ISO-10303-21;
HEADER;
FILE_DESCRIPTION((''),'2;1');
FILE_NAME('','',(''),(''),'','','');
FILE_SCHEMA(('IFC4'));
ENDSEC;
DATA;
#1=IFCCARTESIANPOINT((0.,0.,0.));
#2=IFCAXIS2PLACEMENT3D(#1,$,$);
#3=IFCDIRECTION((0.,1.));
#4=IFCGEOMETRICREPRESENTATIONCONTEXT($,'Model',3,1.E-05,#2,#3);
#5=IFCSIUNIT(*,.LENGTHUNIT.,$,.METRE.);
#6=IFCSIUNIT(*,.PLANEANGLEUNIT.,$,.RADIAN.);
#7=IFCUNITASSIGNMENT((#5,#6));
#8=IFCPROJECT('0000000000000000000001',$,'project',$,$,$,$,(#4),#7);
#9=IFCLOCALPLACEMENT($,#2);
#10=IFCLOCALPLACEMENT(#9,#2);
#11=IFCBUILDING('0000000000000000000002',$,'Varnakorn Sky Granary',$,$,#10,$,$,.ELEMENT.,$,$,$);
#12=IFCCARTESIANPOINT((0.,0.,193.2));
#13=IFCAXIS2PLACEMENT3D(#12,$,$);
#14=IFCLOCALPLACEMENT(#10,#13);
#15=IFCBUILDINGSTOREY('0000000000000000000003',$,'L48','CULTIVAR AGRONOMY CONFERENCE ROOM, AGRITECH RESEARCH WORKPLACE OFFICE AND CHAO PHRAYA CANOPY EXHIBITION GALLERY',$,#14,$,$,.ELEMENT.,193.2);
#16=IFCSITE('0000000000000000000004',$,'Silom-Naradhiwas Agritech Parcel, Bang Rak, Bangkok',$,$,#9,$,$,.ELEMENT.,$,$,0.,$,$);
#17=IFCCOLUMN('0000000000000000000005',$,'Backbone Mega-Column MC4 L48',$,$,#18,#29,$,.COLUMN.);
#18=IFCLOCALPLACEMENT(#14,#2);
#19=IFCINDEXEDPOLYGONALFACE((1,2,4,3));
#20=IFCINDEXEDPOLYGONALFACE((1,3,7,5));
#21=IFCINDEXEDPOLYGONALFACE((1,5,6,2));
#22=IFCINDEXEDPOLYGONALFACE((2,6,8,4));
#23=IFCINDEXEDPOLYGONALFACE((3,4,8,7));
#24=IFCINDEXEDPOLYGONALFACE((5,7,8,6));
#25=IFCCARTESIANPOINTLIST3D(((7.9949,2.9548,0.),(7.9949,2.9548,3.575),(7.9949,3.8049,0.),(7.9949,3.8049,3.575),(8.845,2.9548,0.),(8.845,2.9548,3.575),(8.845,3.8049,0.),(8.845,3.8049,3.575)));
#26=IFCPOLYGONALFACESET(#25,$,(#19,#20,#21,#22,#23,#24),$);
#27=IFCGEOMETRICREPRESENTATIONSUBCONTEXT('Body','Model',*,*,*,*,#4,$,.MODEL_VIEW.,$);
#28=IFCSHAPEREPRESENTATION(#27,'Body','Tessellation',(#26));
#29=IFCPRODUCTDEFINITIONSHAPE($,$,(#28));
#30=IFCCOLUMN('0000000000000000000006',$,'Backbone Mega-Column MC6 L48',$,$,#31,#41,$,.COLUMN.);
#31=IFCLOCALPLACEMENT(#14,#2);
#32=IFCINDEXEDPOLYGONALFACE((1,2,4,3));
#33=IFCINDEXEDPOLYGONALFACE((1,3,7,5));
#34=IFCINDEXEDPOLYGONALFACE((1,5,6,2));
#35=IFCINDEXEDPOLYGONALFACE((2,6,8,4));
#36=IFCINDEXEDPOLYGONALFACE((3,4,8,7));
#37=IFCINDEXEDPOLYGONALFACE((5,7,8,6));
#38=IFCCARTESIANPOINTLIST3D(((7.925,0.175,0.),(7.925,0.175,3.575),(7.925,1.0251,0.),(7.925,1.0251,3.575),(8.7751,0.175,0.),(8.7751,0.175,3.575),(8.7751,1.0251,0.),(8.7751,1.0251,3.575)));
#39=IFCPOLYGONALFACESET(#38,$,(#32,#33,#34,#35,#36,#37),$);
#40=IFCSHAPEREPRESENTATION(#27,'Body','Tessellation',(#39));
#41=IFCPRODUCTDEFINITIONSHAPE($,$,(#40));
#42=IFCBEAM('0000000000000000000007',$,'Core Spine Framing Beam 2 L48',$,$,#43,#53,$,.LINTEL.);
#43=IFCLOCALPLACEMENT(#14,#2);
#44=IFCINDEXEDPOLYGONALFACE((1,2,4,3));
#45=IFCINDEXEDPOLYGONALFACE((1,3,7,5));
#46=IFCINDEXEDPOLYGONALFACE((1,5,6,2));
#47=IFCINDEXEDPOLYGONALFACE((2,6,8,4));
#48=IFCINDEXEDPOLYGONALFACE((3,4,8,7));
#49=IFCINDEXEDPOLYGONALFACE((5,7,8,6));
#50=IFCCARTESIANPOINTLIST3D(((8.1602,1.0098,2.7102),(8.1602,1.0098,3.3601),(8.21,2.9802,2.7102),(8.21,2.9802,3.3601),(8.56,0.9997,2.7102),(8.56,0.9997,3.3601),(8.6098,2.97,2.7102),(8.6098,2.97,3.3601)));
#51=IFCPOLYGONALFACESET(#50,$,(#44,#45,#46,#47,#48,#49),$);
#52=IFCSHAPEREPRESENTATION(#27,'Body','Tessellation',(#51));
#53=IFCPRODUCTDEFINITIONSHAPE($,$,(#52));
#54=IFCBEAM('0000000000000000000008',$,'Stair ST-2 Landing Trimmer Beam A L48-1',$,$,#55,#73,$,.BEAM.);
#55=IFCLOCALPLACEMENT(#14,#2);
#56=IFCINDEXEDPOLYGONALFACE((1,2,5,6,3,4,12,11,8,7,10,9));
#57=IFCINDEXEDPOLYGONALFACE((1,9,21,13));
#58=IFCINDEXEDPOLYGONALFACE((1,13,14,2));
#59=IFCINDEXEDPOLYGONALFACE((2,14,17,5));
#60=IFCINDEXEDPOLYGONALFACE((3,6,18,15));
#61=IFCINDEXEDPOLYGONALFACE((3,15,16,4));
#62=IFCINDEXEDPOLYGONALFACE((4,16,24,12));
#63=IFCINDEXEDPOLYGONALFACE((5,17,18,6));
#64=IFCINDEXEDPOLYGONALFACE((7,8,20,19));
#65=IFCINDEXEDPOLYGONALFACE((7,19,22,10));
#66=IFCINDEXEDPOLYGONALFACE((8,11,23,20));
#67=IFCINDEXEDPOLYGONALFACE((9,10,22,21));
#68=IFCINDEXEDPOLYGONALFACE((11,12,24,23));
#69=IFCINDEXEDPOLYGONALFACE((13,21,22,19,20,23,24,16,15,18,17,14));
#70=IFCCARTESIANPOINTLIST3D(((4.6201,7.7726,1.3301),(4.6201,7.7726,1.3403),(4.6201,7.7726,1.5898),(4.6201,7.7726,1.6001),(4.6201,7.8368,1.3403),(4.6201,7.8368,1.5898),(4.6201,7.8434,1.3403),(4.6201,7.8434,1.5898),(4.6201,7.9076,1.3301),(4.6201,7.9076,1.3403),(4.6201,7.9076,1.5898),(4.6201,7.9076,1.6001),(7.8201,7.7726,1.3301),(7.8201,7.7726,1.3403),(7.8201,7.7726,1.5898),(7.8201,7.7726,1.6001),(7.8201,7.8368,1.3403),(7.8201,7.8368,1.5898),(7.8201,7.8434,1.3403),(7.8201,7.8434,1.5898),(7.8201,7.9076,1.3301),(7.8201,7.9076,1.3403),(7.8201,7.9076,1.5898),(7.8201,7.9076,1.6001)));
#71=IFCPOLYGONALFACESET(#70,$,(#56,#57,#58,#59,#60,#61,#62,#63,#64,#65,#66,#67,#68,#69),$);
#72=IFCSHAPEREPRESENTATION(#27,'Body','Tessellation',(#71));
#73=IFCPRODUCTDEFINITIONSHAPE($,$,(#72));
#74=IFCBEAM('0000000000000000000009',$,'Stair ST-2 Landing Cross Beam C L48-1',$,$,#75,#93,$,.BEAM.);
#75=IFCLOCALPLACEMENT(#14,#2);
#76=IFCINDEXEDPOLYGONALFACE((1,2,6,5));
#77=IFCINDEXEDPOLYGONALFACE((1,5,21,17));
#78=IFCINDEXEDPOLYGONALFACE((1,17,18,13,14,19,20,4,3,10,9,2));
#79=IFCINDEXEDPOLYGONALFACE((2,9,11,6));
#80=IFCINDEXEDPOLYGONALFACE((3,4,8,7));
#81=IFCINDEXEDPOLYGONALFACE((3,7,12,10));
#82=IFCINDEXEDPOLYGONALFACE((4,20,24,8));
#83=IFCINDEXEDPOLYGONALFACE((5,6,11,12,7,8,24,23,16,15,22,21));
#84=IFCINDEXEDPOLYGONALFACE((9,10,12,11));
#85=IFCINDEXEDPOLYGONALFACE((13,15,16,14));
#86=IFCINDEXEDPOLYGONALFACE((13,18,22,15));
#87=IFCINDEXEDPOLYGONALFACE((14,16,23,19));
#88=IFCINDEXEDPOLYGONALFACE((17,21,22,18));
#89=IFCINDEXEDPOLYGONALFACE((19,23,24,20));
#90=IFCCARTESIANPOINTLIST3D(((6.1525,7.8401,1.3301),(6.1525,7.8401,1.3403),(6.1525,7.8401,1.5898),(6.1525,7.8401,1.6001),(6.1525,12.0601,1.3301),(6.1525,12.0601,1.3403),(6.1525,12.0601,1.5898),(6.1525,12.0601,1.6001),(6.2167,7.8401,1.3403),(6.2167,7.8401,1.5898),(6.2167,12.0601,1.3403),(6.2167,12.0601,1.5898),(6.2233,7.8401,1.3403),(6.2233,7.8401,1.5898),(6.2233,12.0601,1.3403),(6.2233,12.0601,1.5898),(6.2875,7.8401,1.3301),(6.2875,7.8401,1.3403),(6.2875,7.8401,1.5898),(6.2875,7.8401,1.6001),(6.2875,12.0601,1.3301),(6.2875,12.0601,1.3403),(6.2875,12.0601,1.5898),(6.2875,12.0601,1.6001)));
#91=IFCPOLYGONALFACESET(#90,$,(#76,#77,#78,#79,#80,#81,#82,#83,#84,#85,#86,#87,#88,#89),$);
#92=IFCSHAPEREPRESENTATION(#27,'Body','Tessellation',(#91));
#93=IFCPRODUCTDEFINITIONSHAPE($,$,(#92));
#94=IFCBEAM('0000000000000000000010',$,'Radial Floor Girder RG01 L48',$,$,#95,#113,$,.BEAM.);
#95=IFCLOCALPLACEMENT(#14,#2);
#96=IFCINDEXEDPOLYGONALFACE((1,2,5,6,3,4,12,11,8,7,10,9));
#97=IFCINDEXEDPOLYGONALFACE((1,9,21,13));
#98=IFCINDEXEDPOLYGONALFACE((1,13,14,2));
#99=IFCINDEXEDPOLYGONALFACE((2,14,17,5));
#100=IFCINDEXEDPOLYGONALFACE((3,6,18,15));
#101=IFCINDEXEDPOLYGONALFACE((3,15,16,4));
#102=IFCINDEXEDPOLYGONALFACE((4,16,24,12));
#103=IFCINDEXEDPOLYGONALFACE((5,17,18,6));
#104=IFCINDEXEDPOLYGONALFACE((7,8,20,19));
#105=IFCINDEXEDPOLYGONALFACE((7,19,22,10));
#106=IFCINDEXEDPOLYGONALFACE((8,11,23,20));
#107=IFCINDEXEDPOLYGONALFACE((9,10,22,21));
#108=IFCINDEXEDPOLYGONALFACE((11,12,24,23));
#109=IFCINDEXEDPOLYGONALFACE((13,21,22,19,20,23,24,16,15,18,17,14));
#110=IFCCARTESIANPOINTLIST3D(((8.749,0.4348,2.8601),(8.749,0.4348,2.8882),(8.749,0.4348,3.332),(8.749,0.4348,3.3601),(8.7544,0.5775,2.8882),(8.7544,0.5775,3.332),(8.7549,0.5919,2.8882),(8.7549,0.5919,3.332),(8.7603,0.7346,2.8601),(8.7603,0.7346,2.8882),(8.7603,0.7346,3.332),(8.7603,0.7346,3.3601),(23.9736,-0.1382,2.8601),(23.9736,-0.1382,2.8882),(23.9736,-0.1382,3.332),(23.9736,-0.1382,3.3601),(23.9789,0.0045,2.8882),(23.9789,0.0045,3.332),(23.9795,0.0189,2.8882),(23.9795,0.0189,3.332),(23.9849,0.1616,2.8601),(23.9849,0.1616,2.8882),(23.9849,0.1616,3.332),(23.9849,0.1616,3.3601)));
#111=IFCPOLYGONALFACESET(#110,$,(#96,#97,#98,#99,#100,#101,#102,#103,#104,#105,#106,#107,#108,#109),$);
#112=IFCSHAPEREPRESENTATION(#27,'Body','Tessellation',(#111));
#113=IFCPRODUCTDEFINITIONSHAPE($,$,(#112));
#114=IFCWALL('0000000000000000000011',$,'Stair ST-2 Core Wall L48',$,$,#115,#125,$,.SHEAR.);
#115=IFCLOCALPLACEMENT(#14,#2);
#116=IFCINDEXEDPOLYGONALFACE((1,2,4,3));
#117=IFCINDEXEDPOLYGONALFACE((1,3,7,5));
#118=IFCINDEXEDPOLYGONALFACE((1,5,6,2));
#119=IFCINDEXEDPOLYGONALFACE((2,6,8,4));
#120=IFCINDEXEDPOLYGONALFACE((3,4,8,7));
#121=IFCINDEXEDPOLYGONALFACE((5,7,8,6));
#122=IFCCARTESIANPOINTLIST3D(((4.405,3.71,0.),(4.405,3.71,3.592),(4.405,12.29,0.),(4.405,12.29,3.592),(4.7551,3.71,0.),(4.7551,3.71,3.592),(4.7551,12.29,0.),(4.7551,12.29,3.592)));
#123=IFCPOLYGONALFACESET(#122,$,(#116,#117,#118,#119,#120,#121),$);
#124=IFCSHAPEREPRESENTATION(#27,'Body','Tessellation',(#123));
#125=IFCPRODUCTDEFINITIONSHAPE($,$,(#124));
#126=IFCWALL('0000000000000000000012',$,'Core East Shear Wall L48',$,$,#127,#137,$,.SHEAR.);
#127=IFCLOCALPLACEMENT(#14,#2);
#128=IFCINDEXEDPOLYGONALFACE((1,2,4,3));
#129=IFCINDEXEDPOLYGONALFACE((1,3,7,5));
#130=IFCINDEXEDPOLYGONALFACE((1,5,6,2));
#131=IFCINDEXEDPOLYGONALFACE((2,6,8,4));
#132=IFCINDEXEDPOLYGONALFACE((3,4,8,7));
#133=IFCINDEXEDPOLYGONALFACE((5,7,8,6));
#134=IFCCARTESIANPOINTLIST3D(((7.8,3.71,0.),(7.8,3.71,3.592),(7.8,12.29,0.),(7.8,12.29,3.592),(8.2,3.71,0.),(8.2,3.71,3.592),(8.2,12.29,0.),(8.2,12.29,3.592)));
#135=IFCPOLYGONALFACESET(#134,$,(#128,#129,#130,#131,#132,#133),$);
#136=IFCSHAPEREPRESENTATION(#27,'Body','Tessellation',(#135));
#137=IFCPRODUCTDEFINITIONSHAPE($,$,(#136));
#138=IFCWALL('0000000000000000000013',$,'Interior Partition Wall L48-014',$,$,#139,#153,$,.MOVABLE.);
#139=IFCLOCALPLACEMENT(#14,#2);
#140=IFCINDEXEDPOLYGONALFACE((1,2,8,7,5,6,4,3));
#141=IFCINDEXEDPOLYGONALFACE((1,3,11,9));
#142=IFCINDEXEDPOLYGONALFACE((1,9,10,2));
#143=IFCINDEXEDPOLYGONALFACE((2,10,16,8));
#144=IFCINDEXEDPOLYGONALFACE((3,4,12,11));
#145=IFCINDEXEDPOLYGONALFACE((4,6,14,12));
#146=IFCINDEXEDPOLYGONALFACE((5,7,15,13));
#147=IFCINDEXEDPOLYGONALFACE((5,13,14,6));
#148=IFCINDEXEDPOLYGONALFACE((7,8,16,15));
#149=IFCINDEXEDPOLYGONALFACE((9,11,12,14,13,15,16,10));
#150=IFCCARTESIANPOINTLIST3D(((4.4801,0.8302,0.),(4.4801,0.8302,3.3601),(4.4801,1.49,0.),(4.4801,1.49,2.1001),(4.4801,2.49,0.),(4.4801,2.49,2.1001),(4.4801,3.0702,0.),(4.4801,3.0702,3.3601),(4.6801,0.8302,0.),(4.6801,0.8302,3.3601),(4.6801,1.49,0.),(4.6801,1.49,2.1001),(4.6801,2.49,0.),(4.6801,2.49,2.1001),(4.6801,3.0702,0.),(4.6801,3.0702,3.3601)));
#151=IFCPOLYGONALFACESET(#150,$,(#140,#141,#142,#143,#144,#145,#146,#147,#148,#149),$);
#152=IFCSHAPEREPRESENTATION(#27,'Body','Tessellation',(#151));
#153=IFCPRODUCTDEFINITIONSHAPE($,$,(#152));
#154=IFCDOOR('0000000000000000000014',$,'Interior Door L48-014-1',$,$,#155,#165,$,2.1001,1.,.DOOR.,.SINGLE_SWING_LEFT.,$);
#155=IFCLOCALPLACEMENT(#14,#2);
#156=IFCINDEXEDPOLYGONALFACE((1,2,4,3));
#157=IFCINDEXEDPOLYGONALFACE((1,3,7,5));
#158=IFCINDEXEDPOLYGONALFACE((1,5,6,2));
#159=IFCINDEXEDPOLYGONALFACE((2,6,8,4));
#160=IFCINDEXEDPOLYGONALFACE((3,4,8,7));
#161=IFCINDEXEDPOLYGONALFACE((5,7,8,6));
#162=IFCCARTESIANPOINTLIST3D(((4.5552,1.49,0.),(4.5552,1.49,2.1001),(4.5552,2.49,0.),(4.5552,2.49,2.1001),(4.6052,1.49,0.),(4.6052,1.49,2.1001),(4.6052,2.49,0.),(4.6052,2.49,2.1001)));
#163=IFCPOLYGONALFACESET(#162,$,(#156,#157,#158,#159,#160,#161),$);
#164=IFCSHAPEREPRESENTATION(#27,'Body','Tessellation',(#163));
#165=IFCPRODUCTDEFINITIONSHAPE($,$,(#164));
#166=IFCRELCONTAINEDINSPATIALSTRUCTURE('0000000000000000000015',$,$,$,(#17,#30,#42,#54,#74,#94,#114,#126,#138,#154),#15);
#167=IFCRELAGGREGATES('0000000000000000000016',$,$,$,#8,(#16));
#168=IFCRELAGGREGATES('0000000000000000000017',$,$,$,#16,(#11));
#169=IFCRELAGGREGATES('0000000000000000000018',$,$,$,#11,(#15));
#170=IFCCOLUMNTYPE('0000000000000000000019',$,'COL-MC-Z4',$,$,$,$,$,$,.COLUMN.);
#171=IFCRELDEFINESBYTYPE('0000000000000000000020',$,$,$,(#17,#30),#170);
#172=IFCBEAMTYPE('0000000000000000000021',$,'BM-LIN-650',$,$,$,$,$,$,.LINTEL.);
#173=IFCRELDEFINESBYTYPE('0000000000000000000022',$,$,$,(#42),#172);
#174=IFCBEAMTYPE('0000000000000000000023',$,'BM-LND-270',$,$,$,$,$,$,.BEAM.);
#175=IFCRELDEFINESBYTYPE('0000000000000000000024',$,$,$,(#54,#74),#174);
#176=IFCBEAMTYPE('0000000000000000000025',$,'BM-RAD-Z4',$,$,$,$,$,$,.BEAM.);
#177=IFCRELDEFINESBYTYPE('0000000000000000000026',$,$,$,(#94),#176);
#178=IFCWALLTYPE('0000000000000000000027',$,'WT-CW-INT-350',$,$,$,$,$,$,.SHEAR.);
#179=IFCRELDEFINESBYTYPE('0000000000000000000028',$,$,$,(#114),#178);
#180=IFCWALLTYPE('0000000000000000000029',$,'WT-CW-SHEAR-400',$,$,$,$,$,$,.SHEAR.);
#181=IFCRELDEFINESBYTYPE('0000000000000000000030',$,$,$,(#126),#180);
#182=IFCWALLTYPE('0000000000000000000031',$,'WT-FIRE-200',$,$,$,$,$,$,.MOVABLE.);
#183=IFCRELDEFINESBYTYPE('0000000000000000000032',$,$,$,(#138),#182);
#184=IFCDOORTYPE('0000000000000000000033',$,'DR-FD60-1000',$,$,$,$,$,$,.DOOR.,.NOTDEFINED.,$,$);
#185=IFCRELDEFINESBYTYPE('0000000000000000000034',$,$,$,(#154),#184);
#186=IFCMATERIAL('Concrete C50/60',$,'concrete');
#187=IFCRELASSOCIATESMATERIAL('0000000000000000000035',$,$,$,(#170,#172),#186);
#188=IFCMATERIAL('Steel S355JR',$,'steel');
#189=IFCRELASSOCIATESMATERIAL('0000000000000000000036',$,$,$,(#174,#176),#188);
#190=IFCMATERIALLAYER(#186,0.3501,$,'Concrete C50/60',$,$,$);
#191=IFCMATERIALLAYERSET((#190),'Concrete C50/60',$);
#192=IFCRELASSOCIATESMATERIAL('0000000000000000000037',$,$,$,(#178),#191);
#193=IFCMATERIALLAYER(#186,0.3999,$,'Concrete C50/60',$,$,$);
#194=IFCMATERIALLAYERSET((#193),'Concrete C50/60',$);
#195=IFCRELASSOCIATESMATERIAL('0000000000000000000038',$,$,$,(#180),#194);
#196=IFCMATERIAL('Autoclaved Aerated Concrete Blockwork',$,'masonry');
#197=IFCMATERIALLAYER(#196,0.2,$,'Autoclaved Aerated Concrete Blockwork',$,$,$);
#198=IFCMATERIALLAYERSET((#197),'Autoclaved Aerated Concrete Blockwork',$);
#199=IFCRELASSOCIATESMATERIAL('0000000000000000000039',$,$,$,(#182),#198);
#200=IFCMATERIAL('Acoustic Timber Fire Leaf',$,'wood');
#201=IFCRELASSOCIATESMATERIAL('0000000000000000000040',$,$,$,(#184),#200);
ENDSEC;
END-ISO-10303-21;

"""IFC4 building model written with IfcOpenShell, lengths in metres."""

from ifc_helpers import new_model, si_unit, direction, frame, frame_2d, origin, origin_2d, place, context, subcontext, project, spatial, rectangle, i_section, extrude, material, layer, layer_set, material_profile, profile_set, type_object, element, fill, save


model = new_model("IFC4")

# Units and contexts
model_context = context("Model", 3, precision=1e-05, world=origin(), true_north=direction((0.0, 1.0)))
body_context = subcontext(model_context, "Body", "Model", "MODEL_VIEW")
ifc_project = project(units=[si_unit("LENGTHUNIT", "METRE"), si_unit("PLANEANGLEUNIT", "RADIAN")], contexts=[model_context])

# Site, building, storey
site_placement = place(None, origin())
site = spatial("IfcSite", under=ifc_project, at=site_placement, Name="Silom-Naradhiwas Agritech Parcel, Bang Rak, Bangkok", CompositionType="ELEMENT", RefElevation=0.0)
building_placement = place(site_placement, origin())
building = spatial("IfcBuilding", under=site, at=building_placement, Name="Varnakorn Sky Granary", CompositionType="ELEMENT")
storey_placement = place(building_placement, frame((0.0, 0.0, 193.2)))
storey = spatial("IfcBuildingStorey", under=building, at=storey_placement, Name="L48", Description="CULTIVAR AGRONOMY CONFERENCE ROOM, AGRITECH RESEARCH WORKPLACE OFFICE AND CHAO PHRAYA CANOPY EXHIBITION GALLERY", CompositionType="ELEMENT", Elevation=193.2)

# Columns
ifc_material_1 = material(Name="Concrete C50/60", Category="concrete")
ifc_material_profile_1 = material_profile(ifc_material_1, rectangle(XDim=0.8501, YDim=0.8501, at=origin_2d()), Name="RC 850x850")
ifc_profile_set_1 = profile_set([ifc_material_profile_1], Name="Concrete C50/60")
column_type = type_object("IfcColumnType", Name="COL-MC-Z4", PredefinedType="COLUMN", material=ifc_profile_set_1)
for number, where, z_axis, x_axis, name in (
    (1, (8.4199, 3.3799, 0.0), (0.0, 0.0, 1.0), (1.0, 0.0, 0.0), "Backbone Mega-Column MC4 L48"),
    (2, (8.3501, 0.6001, 0.0), (0.0, 0.0, 1.0), (1.0, 0.0, 0.0), "Backbone Mega-Column MC6 L48"),
):
    element("IfcColumn", number, at=place(storey_placement, frame(where, z_axis=z_axis, x_axis=x_axis)), inside=storey, type_object=column_type, Name=name, PredefinedType="COLUMN", context=body_context, shape_type="SweptSolid", body=[
        extrude(rectangle(XDim=0.8501, YDim=0.8501, at=origin_2d()), origin(), (0.0, 0.0, 1.0), 3.575),
    ])

# Beams
ifc_material_profile_2 = material_profile(ifc_material_1, rectangle(XDim=0.3999, YDim=0.6499, at=origin_2d()), Name="RC 400x650")
ifc_profile_set_2 = profile_set([ifc_material_profile_2], Name="Concrete C50/60")
beam_type_1 = type_object("IfcBeamType", Name="BM-LIN-650", PredefinedType="LINTEL", material=ifc_profile_set_2)
beam_1_placement = place(storey_placement, frame((8.4099, 2.9751, 3.0352), z_axis=(-0.025271, -0.999681, 0.0), x_axis=(0.999681, -0.025271, 0.0)))
element("IfcBeam", 3, at=beam_1_placement, inside=storey, type_object=beam_type_1, Name="Core Spine Framing Beam 2 L48", PredefinedType="LINTEL", context=body_context, shape_type="SweptSolid", body=[
    extrude(rectangle(XDim=0.3999, YDim=0.6499, at=origin_2d()), origin(), (0.0, 0.0, 1.0), 1.9709),
])
ifc_material_2 = material(Name="Steel S355JR", Category="steel")
ifc_material_profile_3 = material_profile(ifc_material_2, i_section(OverallWidth=0.135, OverallDepth=0.27, WebThickness=0.0066, FlangeThickness=0.0103, at=origin_2d()), Name="IPE 270")
ifc_profile_set_3 = profile_set([ifc_material_profile_3], Name="Steel S355JR")
beam_type_2 = type_object("IfcBeamType", Name="BM-LND-270", PredefinedType="BEAM", material=ifc_profile_set_3)
beam_2_placement = place(storey_placement, frame((4.6201, 7.8401, 1.4651), z_axis=(1.0, 0.0, 0.0), x_axis=(0.0, 1.0, 0.0)))
element("IfcBeam", 4, at=beam_2_placement, inside=storey, type_object=beam_type_2, Name="Stair ST-2 Landing Trimmer Beam A L48-1", PredefinedType="BEAM", context=body_context, shape_type="SweptSolid", body=[
    extrude(i_section(OverallWidth=0.135, OverallDepth=0.27, WebThickness=0.0066, FlangeThickness=0.0103, at=origin_2d()), origin(), (0.0, 0.0, 1.0), 3.2),
])
beam_3_placement = place(storey_placement, frame((6.22, 7.8401, 1.4651), z_axis=(0.0, 1.0, 0.0), x_axis=(-1.0, 0.0, 0.0)))
element("IfcBeam", 5, at=beam_3_placement, inside=storey, type_object=beam_type_2, Name="Stair ST-2 Landing Cross Beam C L48-1", PredefinedType="BEAM", context=body_context, shape_type="SweptSolid", body=[
    extrude(i_section(OverallWidth=0.135, OverallDepth=0.27, WebThickness=0.0066, FlangeThickness=0.0103, at=origin_2d()), origin(), (0.0, 0.0, 1.0), 4.22),
])
ifc_material_profile_4 = material_profile(ifc_material_2, i_section(OverallWidth=0.3, OverallDepth=0.5, WebThickness=0.0144, FlangeThickness=0.0281, at=origin_2d()), Name="HE 500 B")
ifc_profile_set_4 = profile_set([ifc_material_profile_4], Name="Steel S355JR")
beam_type_3 = type_object("IfcBeamType", Name="BM-RAD-Z4", PredefinedType="BEAM", material=ifc_profile_set_4)
beam_4_placement = place(storey_placement, frame((8.7546, 0.5847, 3.1101), z_axis=(0.999293, -0.03761, 0.0), x_axis=(0.03761, 0.999293, 0.0)))
element("IfcBeam", 6, at=beam_4_placement, inside=storey, type_object=beam_type_3, Name="Radial Floor Girder RG01 L48", PredefinedType="BEAM", context=body_context, shape_type="SweptSolid", body=[
    extrude(i_section(OverallWidth=0.3, OverallDepth=0.5, WebThickness=0.0144, FlangeThickness=0.0281, at=origin_2d()), origin(), (0.0, 0.0, 1.0), 15.2354),
])

# Walls
ifc_layer_1 = layer(ifc_material_1, 0.3501, Name="Concrete C50/60")
ifc_layer_set_1 = layer_set([ifc_layer_1], Name="Concrete C50/60")
wall_type_1 = type_object("IfcWallType", Name="WT-CW-INT-350", PredefinedType="SHEAR", material=ifc_layer_set_1)
wall_1_placement = place(storey_placement, frame((4.5801, 3.71, 0.0), z_axis=(0.0, 0.0, 1.0), x_axis=(0.0, 1.0, 0.0)))
element("IfcWall", 7, at=wall_1_placement, inside=storey, type_object=wall_type_1, Name="Stair ST-2 Core Wall L48", PredefinedType="SHEAR", context=body_context, shape_type="SweptSolid", body=[
    extrude(rectangle(XDim=8.5801, YDim=0.3501, at=frame_2d((4.29, 0.0))), origin(), (0.0, 0.0, 1.0), 3.592),
])
ifc_layer_2 = layer(ifc_material_1, 0.3999, Name="Concrete C50/60")
ifc_layer_set_2 = layer_set([ifc_layer_2], Name="Concrete C50/60")
wall_type_2 = type_object("IfcWallType", Name="WT-CW-SHEAR-400", PredefinedType="SHEAR", material=ifc_layer_set_2)
wall_2_placement = place(storey_placement, frame((8.0, 3.71, 0.0), z_axis=(0.0, 0.0, 1.0), x_axis=(0.0, 1.0, 0.0)))
element("IfcWall", 8, at=wall_2_placement, inside=storey, type_object=wall_type_2, Name="Core East Shear Wall L48", PredefinedType="SHEAR", context=body_context, shape_type="SweptSolid", body=[
    extrude(rectangle(XDim=8.5801, YDim=0.3999, at=frame_2d((4.29, 0.0))), origin(), (0.0, 0.0, 1.0), 3.592),
])

# Wall, opening, door
ifc_material_3 = material(Name="Autoclaved Aerated Concrete Blockwork", Category="masonry")
ifc_layer_3 = layer(ifc_material_3, 0.2, Name="Autoclaved Aerated Concrete Blockwork")
ifc_layer_set_3 = layer_set([ifc_layer_3], Name="Autoclaved Aerated Concrete Blockwork")
wall_type_3 = type_object("IfcWallType", Name="WT-FIRE-200", PredefinedType="MOVABLE", material=ifc_layer_set_3)
wall_3_placement = place(storey_placement, frame((4.5801, 0.8301, 0.0), z_axis=(0.0, 0.0, 1.0), x_axis=(0.0, 1.0, 0.0)))
wall_3 = element("IfcWall", 9, at=wall_3_placement, inside=storey, type_object=wall_type_3, Name="Interior Partition Wall L48-014", PredefinedType="MOVABLE", context=body_context, shape_type="SweptSolid", body=[
    extrude(rectangle(XDim=2.24, YDim=0.2, at=frame_2d((1.1201, 0.0))), origin(), (0.0, 0.0, 1.0), 3.3601),
])
opening_1_placement = place(wall_3_placement, frame((0.6599, 0.0, 0.0)))
opening_1 = element("IfcOpeningElement", 10, at=opening_1_placement, cuts=wall_3, PredefinedType="OPENING", context=body_context, shape_type="SweptSolid", body=[
    extrude(rectangle(XDim=1.0, YDim=2.1001, at=frame_2d((0.5, 1.05))), frame((0.0, 0.1099, 0.0), z_axis=(0.0, -1.0, 0.0), x_axis=(1.0, 0.0, 0.0)), (0.0, 0.0, 1.0), 0.22),
])
ifc_material_4 = material(Name="Acoustic Timber Fire Leaf", Category="wood")
door_type_1 = type_object("IfcDoorType", Name="DR-FD60-1000", OperationType="NOTDEFINED", PredefinedType="DOOR", material=ifc_material_4)
door_1_placement = place(opening_1_placement, origin())
door_1 = element("IfcDoor", 11, at=door_1_placement, inside=storey, type_object=door_type_1, Name="Interior Door L48-014-1", OperationType="SINGLE_SWING_LEFT", OverallHeight=2.1001, OverallWidth=1.0, PredefinedType="DOOR", context=body_context, shape_type="SweptSolid", body=[
    extrude(rectangle(XDim=1.0, YDim=2.1001, at=frame_2d((0.5, 1.05))), frame((0.0, 0.0249, 0.0), z_axis=(0.0, -1.0, 0.0), x_axis=(1.0, 0.0, 0.0)), (0.0, 0.0, 1.0), 0.05),
])
fill(opening_1, door_1)

save(model, "model.ifc")
